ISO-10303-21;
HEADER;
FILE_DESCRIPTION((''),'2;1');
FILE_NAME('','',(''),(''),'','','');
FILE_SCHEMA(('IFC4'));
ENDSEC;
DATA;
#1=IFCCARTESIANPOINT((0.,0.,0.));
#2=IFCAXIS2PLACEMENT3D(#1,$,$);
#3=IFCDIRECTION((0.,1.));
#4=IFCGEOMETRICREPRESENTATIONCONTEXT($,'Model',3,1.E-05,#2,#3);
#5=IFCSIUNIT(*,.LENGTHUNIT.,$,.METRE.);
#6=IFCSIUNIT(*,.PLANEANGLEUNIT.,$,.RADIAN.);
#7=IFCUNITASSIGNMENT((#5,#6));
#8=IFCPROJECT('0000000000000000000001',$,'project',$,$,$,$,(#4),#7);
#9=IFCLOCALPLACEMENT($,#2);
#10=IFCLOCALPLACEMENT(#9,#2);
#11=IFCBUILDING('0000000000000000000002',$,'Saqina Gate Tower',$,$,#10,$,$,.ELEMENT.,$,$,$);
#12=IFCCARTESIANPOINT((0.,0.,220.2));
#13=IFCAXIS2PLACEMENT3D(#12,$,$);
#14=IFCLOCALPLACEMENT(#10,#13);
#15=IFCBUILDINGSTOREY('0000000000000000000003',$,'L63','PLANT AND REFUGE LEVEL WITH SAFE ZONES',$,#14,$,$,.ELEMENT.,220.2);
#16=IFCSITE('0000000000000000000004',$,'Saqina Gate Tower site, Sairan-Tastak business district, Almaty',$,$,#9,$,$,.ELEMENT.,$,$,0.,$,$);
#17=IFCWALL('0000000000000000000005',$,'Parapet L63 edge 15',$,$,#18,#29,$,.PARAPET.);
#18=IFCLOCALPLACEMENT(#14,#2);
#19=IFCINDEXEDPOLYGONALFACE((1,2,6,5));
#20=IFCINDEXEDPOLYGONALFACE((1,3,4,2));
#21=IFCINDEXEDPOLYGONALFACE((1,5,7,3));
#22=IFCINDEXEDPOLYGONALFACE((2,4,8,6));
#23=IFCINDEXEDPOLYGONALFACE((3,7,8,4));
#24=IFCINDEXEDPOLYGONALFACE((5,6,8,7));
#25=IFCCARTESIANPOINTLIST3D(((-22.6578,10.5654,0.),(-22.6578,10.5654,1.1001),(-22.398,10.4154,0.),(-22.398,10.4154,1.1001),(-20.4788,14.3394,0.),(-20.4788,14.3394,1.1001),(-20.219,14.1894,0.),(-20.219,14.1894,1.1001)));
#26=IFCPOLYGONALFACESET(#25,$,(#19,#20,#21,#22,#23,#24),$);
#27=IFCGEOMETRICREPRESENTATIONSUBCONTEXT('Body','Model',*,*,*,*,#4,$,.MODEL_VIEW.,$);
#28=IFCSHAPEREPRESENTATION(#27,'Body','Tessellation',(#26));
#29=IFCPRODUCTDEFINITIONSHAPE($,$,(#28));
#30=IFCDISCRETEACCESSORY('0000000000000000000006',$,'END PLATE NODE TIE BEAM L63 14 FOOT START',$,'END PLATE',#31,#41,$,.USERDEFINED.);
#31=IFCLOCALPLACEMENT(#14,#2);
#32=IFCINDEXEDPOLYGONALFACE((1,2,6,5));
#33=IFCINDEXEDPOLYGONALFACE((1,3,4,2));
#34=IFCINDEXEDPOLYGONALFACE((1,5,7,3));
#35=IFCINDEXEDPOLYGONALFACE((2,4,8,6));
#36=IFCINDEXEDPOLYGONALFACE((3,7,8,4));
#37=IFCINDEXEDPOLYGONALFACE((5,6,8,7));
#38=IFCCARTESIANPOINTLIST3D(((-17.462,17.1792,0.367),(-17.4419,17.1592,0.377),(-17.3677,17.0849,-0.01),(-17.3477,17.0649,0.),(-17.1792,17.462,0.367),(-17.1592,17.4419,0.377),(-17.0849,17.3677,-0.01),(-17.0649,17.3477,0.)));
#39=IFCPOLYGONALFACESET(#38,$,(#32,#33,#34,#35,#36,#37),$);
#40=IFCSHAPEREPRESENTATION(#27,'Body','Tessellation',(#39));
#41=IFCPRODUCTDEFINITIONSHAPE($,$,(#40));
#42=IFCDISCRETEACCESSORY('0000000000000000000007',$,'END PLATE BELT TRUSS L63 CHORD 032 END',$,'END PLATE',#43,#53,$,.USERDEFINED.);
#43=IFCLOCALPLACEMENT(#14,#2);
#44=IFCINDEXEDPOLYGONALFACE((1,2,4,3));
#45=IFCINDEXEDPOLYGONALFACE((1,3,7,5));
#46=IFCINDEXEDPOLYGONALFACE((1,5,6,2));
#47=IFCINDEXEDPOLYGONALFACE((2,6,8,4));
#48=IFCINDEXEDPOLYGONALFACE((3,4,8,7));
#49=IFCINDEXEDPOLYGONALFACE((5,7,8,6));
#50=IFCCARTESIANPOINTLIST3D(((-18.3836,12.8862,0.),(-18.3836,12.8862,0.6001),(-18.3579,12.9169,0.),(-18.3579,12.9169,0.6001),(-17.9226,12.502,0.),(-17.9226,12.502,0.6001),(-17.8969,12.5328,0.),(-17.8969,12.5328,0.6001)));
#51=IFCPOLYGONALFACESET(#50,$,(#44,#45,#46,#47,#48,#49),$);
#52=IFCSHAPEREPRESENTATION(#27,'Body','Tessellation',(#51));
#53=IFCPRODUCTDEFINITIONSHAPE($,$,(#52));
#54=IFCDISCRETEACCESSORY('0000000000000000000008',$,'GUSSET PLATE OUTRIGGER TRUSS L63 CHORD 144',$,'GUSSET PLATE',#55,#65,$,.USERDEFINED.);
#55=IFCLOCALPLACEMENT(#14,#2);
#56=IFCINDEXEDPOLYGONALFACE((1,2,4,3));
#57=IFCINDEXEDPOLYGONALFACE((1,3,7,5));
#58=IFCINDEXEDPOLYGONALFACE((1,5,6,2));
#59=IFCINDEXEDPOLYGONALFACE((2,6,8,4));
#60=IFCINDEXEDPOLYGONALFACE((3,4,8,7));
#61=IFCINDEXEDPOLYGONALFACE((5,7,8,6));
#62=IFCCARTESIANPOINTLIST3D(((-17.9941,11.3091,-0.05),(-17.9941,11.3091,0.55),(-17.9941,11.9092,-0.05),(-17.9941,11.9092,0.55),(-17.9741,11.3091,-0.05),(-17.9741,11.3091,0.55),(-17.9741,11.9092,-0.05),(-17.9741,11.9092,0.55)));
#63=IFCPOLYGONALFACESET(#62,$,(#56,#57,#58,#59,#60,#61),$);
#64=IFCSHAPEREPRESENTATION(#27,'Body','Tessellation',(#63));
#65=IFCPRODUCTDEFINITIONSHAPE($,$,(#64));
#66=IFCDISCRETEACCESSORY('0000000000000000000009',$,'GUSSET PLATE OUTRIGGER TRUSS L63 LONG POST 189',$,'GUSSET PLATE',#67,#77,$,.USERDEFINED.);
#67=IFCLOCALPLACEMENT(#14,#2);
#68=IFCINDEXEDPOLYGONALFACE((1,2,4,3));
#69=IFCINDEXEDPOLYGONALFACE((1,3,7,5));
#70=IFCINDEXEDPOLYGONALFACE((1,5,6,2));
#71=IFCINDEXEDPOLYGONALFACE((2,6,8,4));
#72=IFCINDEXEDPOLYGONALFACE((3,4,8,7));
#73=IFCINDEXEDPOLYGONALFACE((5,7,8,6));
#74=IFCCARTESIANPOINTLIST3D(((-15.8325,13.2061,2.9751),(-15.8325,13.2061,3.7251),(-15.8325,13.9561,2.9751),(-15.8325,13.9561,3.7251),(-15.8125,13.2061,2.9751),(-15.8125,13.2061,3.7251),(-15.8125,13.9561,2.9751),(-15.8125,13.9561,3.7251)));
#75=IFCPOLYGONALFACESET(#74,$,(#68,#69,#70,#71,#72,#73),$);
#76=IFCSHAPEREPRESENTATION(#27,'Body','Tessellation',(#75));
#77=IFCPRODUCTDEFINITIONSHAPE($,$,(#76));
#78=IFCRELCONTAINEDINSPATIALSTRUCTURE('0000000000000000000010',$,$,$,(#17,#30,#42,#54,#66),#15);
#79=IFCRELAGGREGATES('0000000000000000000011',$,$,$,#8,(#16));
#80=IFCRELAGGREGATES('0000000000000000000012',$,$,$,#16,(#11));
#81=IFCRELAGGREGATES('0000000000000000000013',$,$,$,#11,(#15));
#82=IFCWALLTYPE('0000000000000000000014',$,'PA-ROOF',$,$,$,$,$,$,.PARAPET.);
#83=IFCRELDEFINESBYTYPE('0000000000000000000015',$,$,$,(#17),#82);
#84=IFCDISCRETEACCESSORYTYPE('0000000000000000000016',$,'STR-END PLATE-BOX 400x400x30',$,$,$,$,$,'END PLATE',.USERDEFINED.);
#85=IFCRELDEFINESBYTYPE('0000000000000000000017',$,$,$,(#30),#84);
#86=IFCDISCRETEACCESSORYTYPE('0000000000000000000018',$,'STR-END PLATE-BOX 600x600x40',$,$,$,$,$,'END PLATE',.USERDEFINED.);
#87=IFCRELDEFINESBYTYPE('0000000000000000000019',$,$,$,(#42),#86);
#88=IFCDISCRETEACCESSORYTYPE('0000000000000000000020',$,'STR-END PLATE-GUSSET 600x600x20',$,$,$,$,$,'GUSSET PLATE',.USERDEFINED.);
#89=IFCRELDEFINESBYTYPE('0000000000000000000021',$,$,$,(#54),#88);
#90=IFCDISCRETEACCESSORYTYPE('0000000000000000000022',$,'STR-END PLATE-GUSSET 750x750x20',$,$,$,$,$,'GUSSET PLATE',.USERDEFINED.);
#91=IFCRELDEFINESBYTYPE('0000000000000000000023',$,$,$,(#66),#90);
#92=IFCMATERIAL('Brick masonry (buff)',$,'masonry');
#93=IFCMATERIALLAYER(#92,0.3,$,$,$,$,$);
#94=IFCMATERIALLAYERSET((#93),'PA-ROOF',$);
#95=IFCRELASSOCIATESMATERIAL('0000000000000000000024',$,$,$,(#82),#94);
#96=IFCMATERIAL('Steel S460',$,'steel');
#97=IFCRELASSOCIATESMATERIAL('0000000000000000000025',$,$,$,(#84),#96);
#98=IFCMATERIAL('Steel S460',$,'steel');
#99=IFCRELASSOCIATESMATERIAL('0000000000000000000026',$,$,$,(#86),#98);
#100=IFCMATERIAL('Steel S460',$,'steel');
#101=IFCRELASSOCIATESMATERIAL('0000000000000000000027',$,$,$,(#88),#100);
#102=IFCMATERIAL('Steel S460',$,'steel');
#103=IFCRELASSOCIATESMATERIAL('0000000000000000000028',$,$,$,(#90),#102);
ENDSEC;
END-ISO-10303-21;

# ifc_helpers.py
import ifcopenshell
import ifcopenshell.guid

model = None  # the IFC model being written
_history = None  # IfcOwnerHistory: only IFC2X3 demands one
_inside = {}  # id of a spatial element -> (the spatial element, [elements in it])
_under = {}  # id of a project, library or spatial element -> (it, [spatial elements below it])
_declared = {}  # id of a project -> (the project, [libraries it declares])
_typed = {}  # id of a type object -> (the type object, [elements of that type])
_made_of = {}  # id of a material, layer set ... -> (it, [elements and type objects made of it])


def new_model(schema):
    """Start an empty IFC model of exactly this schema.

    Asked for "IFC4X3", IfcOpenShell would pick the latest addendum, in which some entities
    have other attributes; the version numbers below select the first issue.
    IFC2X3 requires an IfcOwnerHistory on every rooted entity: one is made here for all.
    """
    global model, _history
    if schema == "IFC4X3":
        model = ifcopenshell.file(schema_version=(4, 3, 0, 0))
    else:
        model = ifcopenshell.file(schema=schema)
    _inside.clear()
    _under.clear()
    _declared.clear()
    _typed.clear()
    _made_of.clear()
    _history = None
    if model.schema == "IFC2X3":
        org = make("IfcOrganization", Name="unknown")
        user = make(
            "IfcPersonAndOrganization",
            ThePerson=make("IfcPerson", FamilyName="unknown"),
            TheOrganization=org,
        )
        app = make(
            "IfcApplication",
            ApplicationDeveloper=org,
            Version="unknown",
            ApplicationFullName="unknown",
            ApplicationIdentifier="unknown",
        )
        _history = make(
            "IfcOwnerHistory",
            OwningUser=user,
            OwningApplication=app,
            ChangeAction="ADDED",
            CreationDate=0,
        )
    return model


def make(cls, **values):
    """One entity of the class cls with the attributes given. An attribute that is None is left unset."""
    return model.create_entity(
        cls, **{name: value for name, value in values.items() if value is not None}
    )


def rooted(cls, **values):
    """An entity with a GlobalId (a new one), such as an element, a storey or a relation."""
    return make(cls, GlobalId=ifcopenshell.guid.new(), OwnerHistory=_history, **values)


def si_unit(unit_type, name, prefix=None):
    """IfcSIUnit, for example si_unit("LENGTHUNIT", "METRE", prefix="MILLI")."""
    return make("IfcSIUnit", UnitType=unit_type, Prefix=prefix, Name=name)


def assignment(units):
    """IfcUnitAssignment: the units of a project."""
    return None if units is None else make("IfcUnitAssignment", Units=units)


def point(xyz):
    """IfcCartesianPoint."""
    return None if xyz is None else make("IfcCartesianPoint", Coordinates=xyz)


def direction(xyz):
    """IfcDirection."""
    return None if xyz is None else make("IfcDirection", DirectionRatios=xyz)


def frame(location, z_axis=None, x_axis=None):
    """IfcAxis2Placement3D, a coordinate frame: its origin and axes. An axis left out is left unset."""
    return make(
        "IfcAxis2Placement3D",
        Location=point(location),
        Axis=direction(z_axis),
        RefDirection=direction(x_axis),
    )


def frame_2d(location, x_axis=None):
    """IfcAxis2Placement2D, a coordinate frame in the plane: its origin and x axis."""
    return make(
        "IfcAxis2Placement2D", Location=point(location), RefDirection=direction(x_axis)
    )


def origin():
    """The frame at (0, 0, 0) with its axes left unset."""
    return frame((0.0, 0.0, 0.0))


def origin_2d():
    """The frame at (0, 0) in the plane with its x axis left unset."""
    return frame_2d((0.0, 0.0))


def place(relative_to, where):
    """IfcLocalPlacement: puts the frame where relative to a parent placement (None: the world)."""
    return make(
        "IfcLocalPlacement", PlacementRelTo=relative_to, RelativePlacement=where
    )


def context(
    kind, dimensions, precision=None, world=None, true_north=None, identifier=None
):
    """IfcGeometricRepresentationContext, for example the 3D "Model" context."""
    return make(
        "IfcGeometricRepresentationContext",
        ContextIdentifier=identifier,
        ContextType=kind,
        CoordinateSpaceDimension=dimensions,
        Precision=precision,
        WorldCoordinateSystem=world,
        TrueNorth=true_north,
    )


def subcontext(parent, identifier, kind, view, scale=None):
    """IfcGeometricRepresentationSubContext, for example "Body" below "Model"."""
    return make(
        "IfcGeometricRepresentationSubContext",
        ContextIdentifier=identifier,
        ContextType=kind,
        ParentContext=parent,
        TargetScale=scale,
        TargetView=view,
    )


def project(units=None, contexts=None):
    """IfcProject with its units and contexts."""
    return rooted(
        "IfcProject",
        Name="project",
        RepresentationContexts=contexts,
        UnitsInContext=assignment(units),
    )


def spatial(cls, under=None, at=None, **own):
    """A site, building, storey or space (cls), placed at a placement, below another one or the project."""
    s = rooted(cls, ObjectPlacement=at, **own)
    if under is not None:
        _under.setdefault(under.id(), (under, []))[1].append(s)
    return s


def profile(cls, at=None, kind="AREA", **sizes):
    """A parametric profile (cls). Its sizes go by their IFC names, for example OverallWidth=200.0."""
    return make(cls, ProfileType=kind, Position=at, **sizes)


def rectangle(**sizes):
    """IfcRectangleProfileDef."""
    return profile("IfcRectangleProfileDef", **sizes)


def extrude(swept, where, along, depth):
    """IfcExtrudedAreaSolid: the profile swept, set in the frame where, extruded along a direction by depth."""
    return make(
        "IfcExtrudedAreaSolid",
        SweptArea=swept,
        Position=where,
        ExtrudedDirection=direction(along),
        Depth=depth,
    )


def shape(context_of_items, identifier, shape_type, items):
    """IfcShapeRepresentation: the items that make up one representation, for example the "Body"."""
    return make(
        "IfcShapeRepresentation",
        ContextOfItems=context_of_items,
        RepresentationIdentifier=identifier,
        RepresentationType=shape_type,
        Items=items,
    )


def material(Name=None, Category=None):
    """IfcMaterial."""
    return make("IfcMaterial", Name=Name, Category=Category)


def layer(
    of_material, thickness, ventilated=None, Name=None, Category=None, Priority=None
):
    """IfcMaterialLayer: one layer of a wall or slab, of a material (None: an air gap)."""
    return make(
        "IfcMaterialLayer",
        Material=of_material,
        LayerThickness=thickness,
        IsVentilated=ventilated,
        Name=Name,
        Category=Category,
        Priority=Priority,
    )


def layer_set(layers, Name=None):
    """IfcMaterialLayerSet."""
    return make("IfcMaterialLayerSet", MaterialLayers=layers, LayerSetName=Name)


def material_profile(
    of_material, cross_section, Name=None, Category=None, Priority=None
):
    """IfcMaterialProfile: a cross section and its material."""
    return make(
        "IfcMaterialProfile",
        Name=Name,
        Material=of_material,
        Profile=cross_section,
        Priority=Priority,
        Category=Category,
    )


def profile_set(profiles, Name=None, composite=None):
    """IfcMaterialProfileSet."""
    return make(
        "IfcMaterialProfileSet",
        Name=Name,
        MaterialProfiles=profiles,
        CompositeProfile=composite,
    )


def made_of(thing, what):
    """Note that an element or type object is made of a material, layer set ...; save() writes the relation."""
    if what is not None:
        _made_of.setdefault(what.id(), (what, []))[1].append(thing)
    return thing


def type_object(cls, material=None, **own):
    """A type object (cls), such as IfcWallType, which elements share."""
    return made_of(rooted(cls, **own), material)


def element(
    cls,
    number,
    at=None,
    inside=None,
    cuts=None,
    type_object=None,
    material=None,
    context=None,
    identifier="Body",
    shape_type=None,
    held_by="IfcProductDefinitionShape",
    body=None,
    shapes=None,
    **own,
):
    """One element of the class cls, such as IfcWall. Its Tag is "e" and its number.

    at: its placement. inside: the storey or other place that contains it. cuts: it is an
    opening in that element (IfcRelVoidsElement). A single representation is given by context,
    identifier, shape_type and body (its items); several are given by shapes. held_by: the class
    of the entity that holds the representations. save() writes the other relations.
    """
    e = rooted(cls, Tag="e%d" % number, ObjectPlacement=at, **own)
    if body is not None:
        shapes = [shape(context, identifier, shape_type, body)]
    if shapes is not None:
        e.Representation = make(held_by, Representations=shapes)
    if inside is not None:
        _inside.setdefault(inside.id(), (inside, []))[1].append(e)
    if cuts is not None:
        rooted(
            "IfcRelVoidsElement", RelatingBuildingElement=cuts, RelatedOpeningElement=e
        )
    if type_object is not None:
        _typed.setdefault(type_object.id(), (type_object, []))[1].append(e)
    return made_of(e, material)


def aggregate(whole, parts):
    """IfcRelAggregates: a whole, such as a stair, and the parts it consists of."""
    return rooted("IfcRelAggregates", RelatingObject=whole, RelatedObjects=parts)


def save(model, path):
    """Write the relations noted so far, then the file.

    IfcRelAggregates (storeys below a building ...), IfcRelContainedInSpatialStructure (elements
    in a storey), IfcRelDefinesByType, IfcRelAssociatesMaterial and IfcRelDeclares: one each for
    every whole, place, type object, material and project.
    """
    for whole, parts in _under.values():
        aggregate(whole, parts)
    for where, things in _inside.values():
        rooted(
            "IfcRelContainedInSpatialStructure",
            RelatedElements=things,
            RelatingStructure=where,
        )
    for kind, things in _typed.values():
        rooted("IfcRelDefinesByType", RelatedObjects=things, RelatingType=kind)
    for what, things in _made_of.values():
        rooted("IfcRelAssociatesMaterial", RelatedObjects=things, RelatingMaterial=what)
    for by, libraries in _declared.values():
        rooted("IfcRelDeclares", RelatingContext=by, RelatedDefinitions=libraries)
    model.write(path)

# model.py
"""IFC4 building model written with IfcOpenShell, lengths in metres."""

from ifc_helpers import new_model, si_unit, direction, frame, frame_2d, origin, origin_2d, place, context, subcontext, project, spatial, rectangle, extrude, material, layer, layer_set, material_profile, profile_set, type_object, element, save


model = new_model("IFC4")

# Units and contexts
model_context = context("Model", 3, precision=1e-05, world=origin(), true_north=direction((0.0, 1.0)))
body_context = subcontext(model_context, "Body", "Model", "MODEL_VIEW")
ifc_project = project(units=[si_unit("LENGTHUNIT", "METRE"), si_unit("PLANEANGLEUNIT", "RADIAN")], contexts=[model_context])

# Site, building, storey
site_placement = place(None, origin())
site = spatial("IfcSite", under=ifc_project, at=site_placement, Name="Saqina Gate Tower site, Sairan-Tastak business district, Almaty", CompositionType="ELEMENT", RefElevation=0.0)
building_placement = place(site_placement, origin())
building = spatial("IfcBuilding", under=site, at=building_placement, Name="Saqina Gate Tower", CompositionType="ELEMENT")
storey_placement = place(building_placement, frame((0.0, 0.0, 220.2)))
storey = spatial("IfcBuildingStorey", under=building, at=storey_placement, Name="L63", Description="PLANT AND REFUGE LEVEL WITH SAFE ZONES", CompositionType="ELEMENT", Elevation=220.2)

# Wall
ifc_material_1 = material(Name="Brick masonry (buff)", Category="masonry")
ifc_layer_1 = layer(ifc_material_1, 0.3)
ifc_layer_set_1 = layer_set([ifc_layer_1], Name="PA-ROOF")
wall_type_1 = type_object("IfcWallType", Name="PA-ROOF", PredefinedType="PARAPET", material=ifc_layer_set_1)
for number, where, z_axis, x_axis, name in (
    (1, (-20.3489, 14.2644, 0.0), (0.0, 0.0, 1.0), (-0.500013, -0.866018, 0.0), "Parapet L63 edge 15"),
):
    element("IfcWall", number, at=place(storey_placement, frame(where, z_axis=z_axis, x_axis=x_axis)), inside=storey, type_object=wall_type_1, Name=name, PredefinedType="PARAPET", context=body_context, shape_type="SweptSolid", body=[
        extrude(rectangle(XDim=4.3579, YDim=0.3, at=frame_2d((2.179, 0.0))), origin(), (0.0, 0.0, 1.0), 1.1001),
    ])

# Discrete accessories
ifc_material_2 = material(Name="Steel S460", Category="steel")
ifc_material_profile_1 = material_profile(ifc_material_2, rectangle(XDim=0.3999, YDim=0.3999, at=origin_2d()), Name="STR-END PLATE-BOX 400x400x30")
ifc_profile_set_1 = profile_set([ifc_material_profile_1], Name="Steel S460")
discrete_accessory_type_1 = type_object("IfcDiscreteAccessoryType", Name="STR-END PLATE-BOX 400x400x30", ElementType="END PLATE", PredefinedType="USERDEFINED", material=ifc_profile_set_1)
discrete_accessory_1_placement = place(storey_placement, frame((-17.2534, 17.2534, 0.1885), z_axis=(-0.666667, 0.666667, -0.333333), x_axis=(0.707107, 0.707107, 0.0)))
element("IfcDiscreteAccessory", 2, at=discrete_accessory_1_placement, inside=storey, type_object=discrete_accessory_type_1, Name="END PLATE NODE TIE BEAM L63 14 FOOT START", ObjectType="END PLATE", PredefinedType="USERDEFINED", context=body_context, shape_type="SweptSolid", body=[
    extrude(rectangle(XDim=0.3999, YDim=0.3999, at=origin_2d()), origin(), (0.0, 0.0, 1.0), 0.03),
])
ifc_material_3 = material(Name="Steel S460", Category="steel")
ifc_material_profile_2 = material_profile(ifc_material_3, rectangle(XDim=0.6001, YDim=0.6001, at=origin_2d()), Name="STR-END PLATE-BOX 600x600x40")
ifc_profile_set_2 = profile_set([ifc_material_profile_2], Name="Steel S460")
discrete_accessory_type_2 = type_object("IfcDiscreteAccessoryType", Name="STR-END PLATE-BOX 600x600x40", ElementType="END PLATE", PredefinedType="USERDEFINED", material=ifc_profile_set_2)
discrete_accessory_2_placement = place(storey_placement, frame((-18.1274, 12.7249, 0.3), z_axis=(-0.640184, -0.768221, 0.0), x_axis=(0.768221, -0.640184, 0.0)))
element("IfcDiscreteAccessory", 3, at=discrete_accessory_2_placement, inside=storey, type_object=discrete_accessory_type_2, Name="END PLATE BELT TRUSS L63 CHORD 032 END", ObjectType="END PLATE", PredefinedType="USERDEFINED", context=body_context, shape_type="SweptSolid", body=[
    extrude(rectangle(XDim=0.6001, YDim=0.6001, at=origin_2d()), origin(), (0.0, 0.0, 1.0), 0.04),
])
ifc_material_4 = material(Name="Steel S460", Category="steel")
ifc_material_profile_3 = material_profile(ifc_material_4, rectangle(XDim=0.6001, YDim=0.6001, at=origin_2d()), Name="STR-END PLATE-GUSSET 600x600x20")
ifc_profile_set_3 = profile_set([ifc_material_profile_3], Name="Steel S460")
discrete_accessory_type_3 = type_object("IfcDiscreteAccessoryType", Name="STR-END PLATE-GUSSET 600x600x20", ElementType="GUSSET PLATE", PredefinedType="USERDEFINED", material=ifc_profile_set_3)
discrete_accessory_3_placement = place(storey_placement, frame((-17.9941, 11.6091, 0.25), z_axis=(1.0, 0.0, 0.0), x_axis=(0.0, 1.0, 0.0)))
element("IfcDiscreteAccessory", 4, at=discrete_accessory_3_placement, inside=storey, type_object=discrete_accessory_type_3, Name="GUSSET PLATE OUTRIGGER TRUSS L63 CHORD 144", ObjectType="GUSSET PLATE", PredefinedType="USERDEFINED", context=body_context, shape_type="SweptSolid", body=[
    extrude(rectangle(XDim=0.6001, YDim=0.6001, at=origin_2d()), origin(), (0.0, 0.0, 1.0), 0.02),
])
ifc_material_5 = material(Name="Steel S460", Category="steel")
ifc_material_profile_4 = material_profile(ifc_material_5, rectangle(XDim=0.75, YDim=0.75, at=origin_2d()), Name="STR-END PLATE-GUSSET 750x750x20")
ifc_profile_set_4 = profile_set([ifc_material_profile_4], Name="Steel S460")
discrete_accessory_type_4 = type_object("IfcDiscreteAccessoryType", Name="STR-END PLATE-GUSSET 750x750x20", ElementType="GUSSET PLATE", PredefinedType="USERDEFINED", material=ifc_profile_set_4)
discrete_accessory_4_placement = place(storey_placement, frame((-15.8125, 13.5811, 3.3501), z_axis=(-1.0, 0.0, 0.0), x_axis=(0.0, -1.0, 0.0)))
element("IfcDiscreteAccessory", 5, at=discrete_accessory_4_placement, inside=storey, type_object=discrete_accessory_type_4, Name="GUSSET PLATE OUTRIGGER TRUSS L63 LONG POST 189", ObjectType="GUSSET PLATE", PredefinedType="USERDEFINED", context=body_context, shape_type="SweptSolid", body=[
    extrude(rectangle(XDim=0.75, YDim=0.75, at=origin_2d()), origin(), (0.0, 0.0, 1.0), 0.02),
])

save(model, "model.ifc")
